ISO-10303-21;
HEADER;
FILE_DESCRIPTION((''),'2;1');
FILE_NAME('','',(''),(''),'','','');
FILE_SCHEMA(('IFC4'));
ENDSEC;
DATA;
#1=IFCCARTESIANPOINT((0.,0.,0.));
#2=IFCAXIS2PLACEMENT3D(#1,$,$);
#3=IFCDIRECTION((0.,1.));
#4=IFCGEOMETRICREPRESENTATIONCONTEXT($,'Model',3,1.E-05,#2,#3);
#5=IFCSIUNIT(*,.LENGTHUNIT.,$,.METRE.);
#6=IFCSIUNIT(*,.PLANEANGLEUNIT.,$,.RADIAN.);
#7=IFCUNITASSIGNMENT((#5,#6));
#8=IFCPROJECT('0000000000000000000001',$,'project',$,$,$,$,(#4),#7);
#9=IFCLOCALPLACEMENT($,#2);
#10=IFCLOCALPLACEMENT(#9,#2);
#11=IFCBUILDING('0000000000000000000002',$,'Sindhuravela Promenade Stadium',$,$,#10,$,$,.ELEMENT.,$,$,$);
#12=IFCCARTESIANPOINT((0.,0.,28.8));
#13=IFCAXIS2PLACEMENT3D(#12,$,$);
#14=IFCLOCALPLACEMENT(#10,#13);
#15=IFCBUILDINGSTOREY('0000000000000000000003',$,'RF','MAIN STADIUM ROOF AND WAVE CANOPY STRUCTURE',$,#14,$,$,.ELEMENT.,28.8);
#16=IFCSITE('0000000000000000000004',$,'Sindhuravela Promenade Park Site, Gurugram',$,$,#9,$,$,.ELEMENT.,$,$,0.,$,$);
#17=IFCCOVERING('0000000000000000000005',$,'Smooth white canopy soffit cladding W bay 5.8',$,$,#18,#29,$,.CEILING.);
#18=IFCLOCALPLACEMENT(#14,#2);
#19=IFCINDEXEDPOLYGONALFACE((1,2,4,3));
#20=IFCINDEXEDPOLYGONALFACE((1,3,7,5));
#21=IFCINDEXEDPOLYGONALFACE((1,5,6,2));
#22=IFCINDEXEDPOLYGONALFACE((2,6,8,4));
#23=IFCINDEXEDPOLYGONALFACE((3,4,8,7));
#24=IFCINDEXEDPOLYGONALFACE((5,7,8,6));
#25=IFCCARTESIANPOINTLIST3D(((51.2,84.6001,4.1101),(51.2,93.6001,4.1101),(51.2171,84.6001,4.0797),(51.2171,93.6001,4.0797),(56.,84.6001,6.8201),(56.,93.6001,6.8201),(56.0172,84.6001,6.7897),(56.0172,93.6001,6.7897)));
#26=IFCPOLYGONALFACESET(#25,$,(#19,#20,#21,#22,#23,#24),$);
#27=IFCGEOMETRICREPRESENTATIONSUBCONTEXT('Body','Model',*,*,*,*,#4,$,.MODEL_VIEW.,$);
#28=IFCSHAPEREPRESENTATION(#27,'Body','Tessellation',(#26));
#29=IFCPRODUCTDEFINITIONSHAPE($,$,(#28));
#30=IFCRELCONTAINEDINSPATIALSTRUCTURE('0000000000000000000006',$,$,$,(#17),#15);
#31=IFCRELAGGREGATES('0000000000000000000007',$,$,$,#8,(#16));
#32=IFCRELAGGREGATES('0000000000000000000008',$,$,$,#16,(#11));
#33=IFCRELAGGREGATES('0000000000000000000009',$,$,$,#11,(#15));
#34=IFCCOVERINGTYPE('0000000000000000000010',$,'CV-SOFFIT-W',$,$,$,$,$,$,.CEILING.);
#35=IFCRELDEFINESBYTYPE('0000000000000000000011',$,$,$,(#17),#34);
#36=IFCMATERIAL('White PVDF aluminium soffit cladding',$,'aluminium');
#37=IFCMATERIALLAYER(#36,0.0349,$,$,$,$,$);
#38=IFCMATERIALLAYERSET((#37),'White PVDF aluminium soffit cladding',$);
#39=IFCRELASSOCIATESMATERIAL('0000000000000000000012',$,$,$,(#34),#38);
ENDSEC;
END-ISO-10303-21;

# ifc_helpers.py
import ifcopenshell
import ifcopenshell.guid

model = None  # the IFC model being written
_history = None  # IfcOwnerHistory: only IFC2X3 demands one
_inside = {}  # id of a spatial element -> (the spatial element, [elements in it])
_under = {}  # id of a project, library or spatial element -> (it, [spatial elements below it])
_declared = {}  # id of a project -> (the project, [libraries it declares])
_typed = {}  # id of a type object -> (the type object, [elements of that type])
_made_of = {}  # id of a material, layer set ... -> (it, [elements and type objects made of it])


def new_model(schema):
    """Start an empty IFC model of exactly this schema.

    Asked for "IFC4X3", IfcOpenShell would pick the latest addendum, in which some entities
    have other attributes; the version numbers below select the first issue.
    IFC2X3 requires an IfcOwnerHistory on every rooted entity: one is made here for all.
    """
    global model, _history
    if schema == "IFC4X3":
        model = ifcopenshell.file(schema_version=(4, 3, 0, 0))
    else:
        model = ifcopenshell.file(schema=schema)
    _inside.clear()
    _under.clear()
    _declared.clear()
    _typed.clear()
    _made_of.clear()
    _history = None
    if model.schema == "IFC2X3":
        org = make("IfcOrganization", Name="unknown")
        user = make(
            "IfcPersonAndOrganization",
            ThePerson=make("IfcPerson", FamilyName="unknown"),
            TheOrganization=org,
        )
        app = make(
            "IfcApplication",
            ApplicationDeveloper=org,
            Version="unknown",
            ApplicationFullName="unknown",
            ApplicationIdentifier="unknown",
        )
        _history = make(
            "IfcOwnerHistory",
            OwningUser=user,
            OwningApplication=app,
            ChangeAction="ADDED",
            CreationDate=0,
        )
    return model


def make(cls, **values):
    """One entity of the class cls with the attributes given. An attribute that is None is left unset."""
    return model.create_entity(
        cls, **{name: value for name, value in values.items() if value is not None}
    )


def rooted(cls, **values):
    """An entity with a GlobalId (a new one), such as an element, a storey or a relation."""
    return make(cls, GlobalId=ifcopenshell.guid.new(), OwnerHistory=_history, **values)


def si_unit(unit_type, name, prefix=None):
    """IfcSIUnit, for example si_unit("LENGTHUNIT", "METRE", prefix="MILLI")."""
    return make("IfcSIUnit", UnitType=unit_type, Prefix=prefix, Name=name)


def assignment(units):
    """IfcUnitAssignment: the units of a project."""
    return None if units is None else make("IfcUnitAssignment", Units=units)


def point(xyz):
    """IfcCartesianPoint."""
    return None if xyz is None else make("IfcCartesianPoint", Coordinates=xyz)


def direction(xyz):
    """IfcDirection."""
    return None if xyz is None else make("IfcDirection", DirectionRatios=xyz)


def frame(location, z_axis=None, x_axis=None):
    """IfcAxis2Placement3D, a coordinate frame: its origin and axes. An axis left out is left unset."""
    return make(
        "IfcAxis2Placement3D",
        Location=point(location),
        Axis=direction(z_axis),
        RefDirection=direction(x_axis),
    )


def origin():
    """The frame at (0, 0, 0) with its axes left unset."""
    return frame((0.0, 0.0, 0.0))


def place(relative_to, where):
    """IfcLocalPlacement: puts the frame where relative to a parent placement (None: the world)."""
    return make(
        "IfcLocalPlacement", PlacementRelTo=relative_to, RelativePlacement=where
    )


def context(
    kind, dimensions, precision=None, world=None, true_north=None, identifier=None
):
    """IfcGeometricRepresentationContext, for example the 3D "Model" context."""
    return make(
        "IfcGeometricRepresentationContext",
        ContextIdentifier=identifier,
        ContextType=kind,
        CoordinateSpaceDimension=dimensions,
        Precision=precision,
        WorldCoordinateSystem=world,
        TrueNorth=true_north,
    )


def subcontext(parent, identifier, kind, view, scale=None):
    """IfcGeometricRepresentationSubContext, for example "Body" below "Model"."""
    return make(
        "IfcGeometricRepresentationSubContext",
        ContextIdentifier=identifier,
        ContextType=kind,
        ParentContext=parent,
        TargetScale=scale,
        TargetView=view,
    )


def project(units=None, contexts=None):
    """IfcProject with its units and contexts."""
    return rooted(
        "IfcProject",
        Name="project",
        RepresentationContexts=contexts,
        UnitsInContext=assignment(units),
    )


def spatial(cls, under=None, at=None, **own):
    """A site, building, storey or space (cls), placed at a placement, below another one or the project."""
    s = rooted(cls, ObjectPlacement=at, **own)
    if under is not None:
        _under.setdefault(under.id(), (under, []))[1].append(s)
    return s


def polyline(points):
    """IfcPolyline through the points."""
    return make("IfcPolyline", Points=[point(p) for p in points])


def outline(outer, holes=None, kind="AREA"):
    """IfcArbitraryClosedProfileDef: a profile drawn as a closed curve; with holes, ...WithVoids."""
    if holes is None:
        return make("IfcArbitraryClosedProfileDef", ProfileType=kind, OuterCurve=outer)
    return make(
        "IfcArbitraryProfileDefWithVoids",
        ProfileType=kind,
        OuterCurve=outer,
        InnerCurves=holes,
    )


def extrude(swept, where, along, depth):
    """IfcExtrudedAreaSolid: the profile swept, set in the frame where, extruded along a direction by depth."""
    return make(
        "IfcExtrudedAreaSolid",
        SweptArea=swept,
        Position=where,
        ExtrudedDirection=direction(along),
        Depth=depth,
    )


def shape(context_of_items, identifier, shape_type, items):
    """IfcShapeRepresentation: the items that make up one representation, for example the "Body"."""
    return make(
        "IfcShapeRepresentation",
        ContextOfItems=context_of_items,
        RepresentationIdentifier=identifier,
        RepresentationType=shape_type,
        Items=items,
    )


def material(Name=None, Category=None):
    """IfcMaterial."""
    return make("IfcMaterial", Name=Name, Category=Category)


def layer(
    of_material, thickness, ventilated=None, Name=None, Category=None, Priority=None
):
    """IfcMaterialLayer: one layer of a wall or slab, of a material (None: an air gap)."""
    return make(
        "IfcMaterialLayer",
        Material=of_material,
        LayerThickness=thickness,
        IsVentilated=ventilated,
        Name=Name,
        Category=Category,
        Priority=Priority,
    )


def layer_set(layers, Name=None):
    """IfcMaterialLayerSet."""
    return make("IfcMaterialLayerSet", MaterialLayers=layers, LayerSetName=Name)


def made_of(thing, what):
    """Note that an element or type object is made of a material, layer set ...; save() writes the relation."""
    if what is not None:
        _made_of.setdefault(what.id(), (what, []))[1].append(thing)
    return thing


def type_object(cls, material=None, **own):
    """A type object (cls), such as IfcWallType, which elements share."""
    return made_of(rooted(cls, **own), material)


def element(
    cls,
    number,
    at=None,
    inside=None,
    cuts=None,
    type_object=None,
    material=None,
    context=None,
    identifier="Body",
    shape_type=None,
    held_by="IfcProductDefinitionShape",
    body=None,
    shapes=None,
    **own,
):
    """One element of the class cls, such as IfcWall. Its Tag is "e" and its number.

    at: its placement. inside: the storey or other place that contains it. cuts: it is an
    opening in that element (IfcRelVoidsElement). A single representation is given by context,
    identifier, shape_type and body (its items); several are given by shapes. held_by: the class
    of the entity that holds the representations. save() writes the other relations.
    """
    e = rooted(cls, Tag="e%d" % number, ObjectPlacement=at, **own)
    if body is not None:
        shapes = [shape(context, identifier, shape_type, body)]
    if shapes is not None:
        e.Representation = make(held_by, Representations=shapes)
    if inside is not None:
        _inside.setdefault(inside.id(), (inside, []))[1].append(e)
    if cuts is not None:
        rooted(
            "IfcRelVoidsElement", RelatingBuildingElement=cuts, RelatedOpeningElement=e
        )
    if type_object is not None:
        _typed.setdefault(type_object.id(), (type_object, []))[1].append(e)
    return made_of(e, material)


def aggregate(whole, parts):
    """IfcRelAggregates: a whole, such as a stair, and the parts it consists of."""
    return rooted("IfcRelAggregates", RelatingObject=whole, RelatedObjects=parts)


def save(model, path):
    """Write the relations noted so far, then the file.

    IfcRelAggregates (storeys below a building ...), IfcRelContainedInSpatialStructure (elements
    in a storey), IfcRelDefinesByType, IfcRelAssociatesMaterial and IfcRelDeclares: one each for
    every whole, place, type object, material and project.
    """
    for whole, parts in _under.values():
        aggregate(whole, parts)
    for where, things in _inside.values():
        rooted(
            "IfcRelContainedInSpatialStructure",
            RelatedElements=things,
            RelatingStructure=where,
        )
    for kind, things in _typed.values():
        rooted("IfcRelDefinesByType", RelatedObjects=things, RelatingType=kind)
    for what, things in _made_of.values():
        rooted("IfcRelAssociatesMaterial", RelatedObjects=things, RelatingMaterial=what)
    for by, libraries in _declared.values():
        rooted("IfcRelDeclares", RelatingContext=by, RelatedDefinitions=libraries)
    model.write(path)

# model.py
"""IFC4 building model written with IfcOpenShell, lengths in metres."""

from ifc_helpers import new_model, si_unit, direction, frame, origin, place, context, subcontext, project, spatial, polyline, outline, extrude, material, layer, layer_set, type_object, element, save


model = new_model("IFC4")

# Units and contexts
model_context = context("Model", 3, precision=1e-05, world=origin(), true_north=direction((0.0, 1.0)))
body_context = subcontext(model_context, "Body", "Model", "MODEL_VIEW")
ifc_project = project(units=[si_unit("LENGTHUNIT", "METRE"), si_unit("PLANEANGLEUNIT", "RADIAN")], contexts=[model_context])

# Site, building, storey
site_placement = place(None, origin())
site = spatial("IfcSite", under=ifc_project, at=site_placement, Name="Sindhuravela Promenade Park Site, Gurugram", CompositionType="ELEMENT", RefElevation=0.0)
building_placement = place(site_placement, origin())
building = spatial("IfcBuilding", under=site, at=building_placement, Name="Sindhuravela Promenade Stadium", CompositionType="ELEMENT")
storey_placement = place(building_placement, frame((0.0, 0.0, 28.8)))
storey = spatial("IfcBuildingStorey", under=building, at=storey_placement, Name="RF", Description="MAIN STADIUM ROOF AND WAVE CANOPY STRUCTURE", CompositionType="ELEMENT", Elevation=28.8)

# Covering
ifc_material_1 = material(Name="White PVDF aluminium soffit cladding", Category="aluminium")
ifc_layer_1 = layer(ifc_material_1, 0.0349)
ifc_layer_set_1 = layer_set([ifc_layer_1], Name="White PVDF aluminium soffit cladding")
covering_type_1 = type_object("IfcCoveringType", Name="CV-SOFFIT-W", PredefinedType="CEILING", material=ifc_layer_set_1)
covering_1_placement = place(storey_placement, frame((51.2, 84.6001, 4.1101), z_axis=(-0.49163, 0.0, 0.870804), x_axis=(0.0, 1.0, 0.0)))
element("IfcCovering", 1, at=covering_1_placement, inside=storey, type_object=covering_type_1, Name="Smooth white canopy soffit cladding W bay 5.8", PredefinedType="CEILING", context=body_context, shape_type="SweptSolid", body=[
    extrude(outline(polyline([(0.0, 0.0), (0.0, -5.5122), (9.0, -5.5122), (9.0, 0.0), (0.0, 0.0)])), origin(), (0.0, 0.0, -1.0), 0.0349),
])

save(model, "model.ifc")
